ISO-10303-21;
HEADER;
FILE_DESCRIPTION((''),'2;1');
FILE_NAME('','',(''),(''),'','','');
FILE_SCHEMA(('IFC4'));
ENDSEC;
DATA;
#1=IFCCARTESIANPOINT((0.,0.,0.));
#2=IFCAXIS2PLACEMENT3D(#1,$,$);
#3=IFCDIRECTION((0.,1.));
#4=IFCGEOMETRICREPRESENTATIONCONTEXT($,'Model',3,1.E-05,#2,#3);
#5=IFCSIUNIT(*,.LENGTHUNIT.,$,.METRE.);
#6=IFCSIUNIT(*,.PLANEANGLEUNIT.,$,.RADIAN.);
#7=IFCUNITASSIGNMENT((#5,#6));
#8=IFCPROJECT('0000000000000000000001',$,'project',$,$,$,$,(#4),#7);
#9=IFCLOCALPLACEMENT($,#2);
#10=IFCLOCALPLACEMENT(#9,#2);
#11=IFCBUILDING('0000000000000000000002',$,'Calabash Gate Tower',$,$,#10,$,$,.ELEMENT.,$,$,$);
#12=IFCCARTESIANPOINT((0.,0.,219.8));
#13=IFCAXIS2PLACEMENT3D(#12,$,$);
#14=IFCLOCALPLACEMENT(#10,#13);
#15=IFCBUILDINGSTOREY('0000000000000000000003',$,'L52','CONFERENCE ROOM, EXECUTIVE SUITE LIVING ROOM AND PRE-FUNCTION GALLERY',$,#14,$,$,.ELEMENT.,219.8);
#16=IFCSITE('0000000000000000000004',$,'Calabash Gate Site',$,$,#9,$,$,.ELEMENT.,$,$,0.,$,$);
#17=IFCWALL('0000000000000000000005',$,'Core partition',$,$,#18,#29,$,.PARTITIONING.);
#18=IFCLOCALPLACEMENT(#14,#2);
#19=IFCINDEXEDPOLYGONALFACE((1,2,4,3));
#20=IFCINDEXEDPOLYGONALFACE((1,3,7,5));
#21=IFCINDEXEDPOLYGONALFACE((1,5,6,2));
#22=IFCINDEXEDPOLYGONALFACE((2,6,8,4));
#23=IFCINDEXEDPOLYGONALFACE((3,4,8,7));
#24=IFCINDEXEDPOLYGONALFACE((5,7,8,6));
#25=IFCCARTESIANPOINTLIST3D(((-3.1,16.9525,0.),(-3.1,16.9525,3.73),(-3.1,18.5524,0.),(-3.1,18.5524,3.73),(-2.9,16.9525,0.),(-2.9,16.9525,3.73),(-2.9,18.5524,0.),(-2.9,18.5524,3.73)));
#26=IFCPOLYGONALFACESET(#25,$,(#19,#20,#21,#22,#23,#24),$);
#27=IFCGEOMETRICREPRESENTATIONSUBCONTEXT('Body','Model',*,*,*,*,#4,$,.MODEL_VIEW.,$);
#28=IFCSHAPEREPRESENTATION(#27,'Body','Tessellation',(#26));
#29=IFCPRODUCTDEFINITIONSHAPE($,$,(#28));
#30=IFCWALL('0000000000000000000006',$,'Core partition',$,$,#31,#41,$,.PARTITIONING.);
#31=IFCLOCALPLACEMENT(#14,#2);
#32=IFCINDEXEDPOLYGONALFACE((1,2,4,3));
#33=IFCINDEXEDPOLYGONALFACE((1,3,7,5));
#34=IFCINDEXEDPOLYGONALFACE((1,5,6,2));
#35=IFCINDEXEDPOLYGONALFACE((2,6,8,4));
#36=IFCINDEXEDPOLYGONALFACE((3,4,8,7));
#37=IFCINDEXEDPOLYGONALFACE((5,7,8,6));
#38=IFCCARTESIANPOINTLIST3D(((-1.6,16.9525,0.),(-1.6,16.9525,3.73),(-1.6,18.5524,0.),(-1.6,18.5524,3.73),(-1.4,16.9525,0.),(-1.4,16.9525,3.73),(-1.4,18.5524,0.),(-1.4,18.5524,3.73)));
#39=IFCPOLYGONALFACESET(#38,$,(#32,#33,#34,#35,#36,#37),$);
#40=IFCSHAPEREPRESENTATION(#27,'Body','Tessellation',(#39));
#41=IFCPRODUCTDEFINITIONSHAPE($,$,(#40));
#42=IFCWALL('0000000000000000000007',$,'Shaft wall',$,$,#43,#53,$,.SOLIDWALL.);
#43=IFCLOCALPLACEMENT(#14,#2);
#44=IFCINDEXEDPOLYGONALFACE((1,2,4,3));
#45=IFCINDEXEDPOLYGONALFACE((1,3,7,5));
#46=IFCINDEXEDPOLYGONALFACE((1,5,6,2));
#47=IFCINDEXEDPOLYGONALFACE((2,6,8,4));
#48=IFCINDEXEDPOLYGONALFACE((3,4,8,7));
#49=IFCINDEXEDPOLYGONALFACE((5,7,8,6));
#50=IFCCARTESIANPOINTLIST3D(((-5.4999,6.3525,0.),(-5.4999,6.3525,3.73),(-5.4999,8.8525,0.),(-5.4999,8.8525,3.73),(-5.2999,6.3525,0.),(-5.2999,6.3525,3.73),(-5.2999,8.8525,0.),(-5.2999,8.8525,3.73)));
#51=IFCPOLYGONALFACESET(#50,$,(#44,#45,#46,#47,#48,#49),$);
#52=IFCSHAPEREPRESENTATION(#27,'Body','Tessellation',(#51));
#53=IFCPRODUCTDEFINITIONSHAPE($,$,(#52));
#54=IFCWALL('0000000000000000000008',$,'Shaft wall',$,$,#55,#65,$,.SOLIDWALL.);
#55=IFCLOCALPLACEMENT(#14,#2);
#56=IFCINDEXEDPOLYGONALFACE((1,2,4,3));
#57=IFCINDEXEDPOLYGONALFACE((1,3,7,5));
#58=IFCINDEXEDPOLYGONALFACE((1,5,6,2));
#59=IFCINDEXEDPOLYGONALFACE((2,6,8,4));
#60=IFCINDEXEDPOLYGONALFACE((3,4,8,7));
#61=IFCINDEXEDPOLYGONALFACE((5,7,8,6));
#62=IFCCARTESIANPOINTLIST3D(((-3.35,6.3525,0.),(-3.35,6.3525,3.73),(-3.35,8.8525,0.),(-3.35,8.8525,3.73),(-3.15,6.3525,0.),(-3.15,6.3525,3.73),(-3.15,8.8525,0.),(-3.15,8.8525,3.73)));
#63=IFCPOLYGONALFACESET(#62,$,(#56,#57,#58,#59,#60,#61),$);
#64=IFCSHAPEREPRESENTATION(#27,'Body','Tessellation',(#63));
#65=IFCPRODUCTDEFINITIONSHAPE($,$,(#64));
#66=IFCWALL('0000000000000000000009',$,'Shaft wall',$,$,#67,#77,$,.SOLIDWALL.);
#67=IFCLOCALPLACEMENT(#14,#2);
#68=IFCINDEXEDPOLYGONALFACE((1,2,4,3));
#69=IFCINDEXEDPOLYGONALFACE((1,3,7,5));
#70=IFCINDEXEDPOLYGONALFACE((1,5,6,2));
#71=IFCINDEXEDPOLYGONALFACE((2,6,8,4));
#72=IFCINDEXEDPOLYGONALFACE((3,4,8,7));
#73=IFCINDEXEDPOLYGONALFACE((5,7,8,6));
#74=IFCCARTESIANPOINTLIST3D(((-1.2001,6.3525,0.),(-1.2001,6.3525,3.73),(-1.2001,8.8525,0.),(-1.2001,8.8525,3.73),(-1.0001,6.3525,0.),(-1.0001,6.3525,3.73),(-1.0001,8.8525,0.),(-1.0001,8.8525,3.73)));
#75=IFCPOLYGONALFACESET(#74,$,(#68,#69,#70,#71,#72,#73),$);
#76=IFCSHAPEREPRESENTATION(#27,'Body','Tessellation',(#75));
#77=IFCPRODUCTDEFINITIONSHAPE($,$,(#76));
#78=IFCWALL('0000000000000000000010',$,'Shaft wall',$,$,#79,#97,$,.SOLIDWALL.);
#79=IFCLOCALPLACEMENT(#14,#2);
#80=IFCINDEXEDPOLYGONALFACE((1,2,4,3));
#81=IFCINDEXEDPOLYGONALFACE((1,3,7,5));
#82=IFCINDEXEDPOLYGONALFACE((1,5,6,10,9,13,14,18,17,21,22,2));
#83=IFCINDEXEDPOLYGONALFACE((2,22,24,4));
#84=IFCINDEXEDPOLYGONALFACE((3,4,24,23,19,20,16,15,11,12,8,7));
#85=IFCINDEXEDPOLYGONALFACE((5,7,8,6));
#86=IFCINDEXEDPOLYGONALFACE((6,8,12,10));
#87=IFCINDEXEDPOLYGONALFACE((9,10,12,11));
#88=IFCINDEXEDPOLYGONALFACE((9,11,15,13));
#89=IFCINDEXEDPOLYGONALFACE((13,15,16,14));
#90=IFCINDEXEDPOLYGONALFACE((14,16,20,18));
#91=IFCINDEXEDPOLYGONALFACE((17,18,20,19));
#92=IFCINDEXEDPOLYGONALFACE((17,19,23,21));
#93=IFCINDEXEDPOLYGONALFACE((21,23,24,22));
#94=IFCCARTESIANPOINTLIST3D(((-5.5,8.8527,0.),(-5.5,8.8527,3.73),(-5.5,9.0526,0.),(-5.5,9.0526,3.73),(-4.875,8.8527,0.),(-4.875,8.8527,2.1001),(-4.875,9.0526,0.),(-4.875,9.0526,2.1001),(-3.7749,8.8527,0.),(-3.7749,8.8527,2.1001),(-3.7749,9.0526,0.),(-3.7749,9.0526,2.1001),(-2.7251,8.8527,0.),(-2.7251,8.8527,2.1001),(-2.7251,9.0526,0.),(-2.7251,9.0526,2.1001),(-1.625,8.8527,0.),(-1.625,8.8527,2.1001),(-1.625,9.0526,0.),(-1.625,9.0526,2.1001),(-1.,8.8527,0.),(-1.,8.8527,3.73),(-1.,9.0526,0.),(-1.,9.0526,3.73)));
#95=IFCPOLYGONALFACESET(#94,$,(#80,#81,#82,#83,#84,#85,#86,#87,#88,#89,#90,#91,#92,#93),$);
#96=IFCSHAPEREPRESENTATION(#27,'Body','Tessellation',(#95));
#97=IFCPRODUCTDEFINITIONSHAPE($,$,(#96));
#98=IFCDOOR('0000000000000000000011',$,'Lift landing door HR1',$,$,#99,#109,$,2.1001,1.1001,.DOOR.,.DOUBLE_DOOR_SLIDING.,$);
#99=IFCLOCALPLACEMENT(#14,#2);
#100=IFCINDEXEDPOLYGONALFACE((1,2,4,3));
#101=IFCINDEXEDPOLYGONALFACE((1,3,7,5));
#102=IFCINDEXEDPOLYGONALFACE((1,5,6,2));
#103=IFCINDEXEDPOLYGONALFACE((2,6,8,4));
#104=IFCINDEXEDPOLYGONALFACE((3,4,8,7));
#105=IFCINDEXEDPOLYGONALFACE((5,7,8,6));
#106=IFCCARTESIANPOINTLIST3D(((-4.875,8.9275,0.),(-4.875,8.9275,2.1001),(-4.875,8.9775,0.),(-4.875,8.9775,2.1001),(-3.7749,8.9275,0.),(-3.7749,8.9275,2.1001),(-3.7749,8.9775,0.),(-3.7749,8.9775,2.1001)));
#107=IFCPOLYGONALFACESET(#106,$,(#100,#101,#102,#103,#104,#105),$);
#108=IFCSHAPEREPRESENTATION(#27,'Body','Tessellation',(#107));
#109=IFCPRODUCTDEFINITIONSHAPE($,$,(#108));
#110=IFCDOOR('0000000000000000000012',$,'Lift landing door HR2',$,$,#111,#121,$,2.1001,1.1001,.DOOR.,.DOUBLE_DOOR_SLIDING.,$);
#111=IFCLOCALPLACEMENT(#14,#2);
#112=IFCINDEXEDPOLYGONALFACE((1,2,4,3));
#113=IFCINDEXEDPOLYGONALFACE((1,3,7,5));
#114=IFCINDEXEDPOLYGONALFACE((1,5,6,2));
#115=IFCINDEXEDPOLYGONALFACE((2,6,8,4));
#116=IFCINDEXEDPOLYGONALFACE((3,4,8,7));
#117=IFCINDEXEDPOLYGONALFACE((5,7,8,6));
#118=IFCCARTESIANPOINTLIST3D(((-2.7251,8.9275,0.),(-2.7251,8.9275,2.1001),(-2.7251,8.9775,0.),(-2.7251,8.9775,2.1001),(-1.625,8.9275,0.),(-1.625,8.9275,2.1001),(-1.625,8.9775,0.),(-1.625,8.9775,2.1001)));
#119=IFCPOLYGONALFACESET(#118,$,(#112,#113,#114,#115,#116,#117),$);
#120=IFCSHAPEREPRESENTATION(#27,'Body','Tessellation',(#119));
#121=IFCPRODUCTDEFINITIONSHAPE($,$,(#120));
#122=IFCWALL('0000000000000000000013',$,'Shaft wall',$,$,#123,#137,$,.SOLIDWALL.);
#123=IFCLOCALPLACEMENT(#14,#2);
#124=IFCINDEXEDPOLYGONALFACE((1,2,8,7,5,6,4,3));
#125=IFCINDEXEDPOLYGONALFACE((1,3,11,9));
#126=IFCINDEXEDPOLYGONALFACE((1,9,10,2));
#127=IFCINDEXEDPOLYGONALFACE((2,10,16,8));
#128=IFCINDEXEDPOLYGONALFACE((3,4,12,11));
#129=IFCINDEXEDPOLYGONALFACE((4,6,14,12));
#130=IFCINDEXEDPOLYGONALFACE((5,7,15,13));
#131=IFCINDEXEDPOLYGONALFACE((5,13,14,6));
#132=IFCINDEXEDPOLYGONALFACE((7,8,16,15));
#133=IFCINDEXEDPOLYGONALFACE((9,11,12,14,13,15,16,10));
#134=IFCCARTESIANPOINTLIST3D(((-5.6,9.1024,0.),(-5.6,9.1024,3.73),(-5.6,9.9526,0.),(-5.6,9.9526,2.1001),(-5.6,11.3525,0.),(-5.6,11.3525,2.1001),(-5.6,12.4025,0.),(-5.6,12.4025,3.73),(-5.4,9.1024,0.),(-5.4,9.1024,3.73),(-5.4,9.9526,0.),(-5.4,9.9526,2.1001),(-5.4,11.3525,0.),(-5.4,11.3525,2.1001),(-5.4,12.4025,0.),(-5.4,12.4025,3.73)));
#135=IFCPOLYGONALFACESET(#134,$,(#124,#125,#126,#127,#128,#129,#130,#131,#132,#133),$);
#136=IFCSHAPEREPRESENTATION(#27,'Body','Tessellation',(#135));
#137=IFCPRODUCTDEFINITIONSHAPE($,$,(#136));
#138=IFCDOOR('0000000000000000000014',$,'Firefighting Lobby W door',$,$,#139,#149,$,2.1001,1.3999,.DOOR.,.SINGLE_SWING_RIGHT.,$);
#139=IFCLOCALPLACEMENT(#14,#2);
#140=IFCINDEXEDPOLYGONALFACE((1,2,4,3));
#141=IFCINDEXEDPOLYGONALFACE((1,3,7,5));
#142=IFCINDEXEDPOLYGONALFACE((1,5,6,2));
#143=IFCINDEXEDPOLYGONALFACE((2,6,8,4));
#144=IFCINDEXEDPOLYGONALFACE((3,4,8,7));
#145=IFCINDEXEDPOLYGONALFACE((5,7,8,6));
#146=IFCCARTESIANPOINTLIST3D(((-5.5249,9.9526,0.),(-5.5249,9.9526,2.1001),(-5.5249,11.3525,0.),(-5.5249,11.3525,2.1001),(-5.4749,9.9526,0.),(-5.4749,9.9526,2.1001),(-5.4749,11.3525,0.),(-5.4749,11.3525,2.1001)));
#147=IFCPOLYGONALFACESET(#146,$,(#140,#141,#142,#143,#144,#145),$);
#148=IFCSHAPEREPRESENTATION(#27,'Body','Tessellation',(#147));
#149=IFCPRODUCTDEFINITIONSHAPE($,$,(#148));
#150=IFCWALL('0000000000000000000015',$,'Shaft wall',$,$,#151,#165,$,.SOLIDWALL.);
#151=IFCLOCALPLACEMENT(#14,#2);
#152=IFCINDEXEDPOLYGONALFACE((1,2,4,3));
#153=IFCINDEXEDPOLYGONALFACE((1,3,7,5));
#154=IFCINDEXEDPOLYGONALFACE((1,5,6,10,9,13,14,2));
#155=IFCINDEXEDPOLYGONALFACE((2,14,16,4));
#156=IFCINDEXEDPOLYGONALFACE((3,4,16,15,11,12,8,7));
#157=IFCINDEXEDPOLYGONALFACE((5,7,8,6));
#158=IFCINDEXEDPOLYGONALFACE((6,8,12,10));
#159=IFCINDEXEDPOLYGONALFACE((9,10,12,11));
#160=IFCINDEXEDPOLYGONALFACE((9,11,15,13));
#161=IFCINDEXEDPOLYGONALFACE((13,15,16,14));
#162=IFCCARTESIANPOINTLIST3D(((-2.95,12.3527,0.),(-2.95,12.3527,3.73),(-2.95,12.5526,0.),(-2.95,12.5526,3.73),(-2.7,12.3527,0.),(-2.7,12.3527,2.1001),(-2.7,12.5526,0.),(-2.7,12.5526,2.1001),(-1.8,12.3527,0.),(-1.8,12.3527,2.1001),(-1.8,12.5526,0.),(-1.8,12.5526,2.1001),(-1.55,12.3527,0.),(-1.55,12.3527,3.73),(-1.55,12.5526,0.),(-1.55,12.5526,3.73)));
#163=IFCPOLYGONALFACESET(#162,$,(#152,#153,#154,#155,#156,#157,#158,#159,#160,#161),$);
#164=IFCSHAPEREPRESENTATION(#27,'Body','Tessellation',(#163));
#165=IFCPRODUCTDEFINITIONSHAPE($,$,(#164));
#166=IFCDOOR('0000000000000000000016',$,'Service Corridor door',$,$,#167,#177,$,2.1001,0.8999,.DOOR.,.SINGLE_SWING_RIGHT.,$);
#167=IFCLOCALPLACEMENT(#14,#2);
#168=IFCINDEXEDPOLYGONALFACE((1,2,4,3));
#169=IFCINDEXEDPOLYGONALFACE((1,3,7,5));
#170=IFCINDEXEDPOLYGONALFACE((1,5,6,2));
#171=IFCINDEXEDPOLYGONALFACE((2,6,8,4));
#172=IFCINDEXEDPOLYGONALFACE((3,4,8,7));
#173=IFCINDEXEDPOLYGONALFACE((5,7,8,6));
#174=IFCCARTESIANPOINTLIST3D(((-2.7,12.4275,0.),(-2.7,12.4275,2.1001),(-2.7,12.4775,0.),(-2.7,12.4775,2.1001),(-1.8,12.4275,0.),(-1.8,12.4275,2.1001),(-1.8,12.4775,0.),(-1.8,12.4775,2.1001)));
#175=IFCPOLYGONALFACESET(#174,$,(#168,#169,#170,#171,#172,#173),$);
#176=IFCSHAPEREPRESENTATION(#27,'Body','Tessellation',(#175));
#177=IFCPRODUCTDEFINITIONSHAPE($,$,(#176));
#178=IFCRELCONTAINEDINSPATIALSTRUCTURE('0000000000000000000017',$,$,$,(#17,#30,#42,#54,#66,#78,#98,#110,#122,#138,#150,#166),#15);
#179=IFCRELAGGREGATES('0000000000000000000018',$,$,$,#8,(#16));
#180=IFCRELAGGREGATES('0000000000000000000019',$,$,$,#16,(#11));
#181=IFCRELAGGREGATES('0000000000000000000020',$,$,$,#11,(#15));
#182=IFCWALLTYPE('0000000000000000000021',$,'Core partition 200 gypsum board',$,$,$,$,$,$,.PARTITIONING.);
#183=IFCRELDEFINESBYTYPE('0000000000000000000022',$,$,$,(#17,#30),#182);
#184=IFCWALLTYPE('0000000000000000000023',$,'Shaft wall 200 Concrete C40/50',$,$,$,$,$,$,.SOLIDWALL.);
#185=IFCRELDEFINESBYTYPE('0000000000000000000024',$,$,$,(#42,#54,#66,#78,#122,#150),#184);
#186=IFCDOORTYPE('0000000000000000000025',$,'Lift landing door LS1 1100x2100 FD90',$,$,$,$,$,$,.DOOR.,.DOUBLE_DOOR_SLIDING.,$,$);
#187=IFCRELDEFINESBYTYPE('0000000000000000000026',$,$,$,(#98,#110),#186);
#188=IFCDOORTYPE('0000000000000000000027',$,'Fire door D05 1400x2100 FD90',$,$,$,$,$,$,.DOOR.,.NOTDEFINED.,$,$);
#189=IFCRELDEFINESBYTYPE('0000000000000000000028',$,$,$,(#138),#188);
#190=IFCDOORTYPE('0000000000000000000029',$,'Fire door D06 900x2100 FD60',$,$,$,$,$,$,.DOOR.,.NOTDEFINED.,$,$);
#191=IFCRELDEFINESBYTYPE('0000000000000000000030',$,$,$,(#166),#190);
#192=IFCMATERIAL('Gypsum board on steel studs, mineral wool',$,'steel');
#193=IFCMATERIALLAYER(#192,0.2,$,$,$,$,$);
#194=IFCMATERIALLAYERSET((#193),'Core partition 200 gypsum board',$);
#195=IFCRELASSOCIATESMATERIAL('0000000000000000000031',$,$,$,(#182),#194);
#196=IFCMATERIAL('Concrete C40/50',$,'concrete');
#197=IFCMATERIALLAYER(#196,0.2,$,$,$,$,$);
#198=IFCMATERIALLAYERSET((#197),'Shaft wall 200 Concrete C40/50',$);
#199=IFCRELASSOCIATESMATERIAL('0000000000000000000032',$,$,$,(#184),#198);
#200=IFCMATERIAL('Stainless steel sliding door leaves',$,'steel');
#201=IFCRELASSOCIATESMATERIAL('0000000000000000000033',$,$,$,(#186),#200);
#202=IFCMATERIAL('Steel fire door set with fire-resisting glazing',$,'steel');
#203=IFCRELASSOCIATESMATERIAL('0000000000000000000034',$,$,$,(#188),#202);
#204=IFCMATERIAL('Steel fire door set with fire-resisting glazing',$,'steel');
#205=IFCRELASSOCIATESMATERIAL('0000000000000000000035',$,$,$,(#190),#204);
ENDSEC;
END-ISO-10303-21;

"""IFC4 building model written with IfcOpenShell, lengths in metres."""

from ifc_helpers import new_model, si_unit, direction, frame, frame_2d, origin, place, context, subcontext, project, spatial, rectangle, extrude, material, layer, layer_set, type_object, element, fill, save


model = new_model("IFC4")

# Units and contexts
model_context = context("Model", 3, precision=1e-05, world=origin(), true_north=direction((0.0, 1.0)))
body_context = subcontext(model_context, "Body", "Model", "MODEL_VIEW")
ifc_project = project(units=[si_unit("LENGTHUNIT", "METRE"), si_unit("PLANEANGLEUNIT", "RADIAN")], contexts=[model_context])

# Site, building, storey
site_placement = place(None, origin())
site = spatial("IfcSite", under=ifc_project, at=site_placement, Name="Calabash Gate Site", CompositionType="ELEMENT", RefElevation=0.0)
building_placement = place(site_placement, origin())
building = spatial("IfcBuilding", under=site, at=building_placement, Name="Calabash Gate Tower", CompositionType="ELEMENT")
storey_placement = place(building_placement, frame((0.0, 0.0, 219.8)))
storey = spatial("IfcBuildingStorey", under=building, at=storey_placement, Name="L52", Description="CONFERENCE ROOM, EXECUTIVE SUITE LIVING ROOM AND PRE-FUNCTION GALLERY", CompositionType="ELEMENT", Elevation=219.8)

# Walls
ifc_material_1 = material(Name="Gypsum board on steel studs, mineral wool", Category="steel")
ifc_layer_1 = layer(ifc_material_1, 0.2)
ifc_layer_set_1 = layer_set([ifc_layer_1], Name="Core partition 200 gypsum board")
wall_type_1 = type_object("IfcWallType", Name="Core partition 200 gypsum board", PredefinedType="PARTITIONING", material=ifc_layer_set_1)
for number, where, z_axis, x_axis, name in (
    (1, (-3.0, 16.9526, 0.0), (0.0, 0.0, 1.0), (0.0, 1.0, 0.0), "Core partition"),
    (2, (-1.5, 16.9526, 0.0), (0.0, 0.0, 1.0), (0.0, 1.0, 0.0), "Core partition"),
):
    element("IfcWall", number, at=place(storey_placement, frame(where, z_axis=z_axis, x_axis=x_axis)), inside=storey, type_object=wall_type_1, Name=name, PredefinedType="PARTITIONING", context=body_context, shape_type="SweptSolid", body=[
        extrude(rectangle(XDim=1.5999, YDim=0.2, at=frame_2d((0.7998, 0.0))), origin(), (0.0, 0.0, 1.0), 3.73),
    ])
ifc_material_2 = material(Name="Concrete C40/50", Category="concrete")
ifc_layer_2 = layer(ifc_material_2, 0.2)
ifc_layer_set_2 = layer_set([ifc_layer_2], Name="Shaft wall 200 Concrete C40/50")
wall_type_2 = type_object("IfcWallType", Name="Shaft wall 200 Concrete C40/50", PredefinedType="SOLIDWALL", material=ifc_layer_set_2)
for number, where, z_axis, x_axis, name in (
    (3, (-5.3999, 6.3525, 0.0), (0.0, 0.0, 1.0), (0.0, 1.0, 0.0), "Shaft wall"),
    (4, (-3.25, 6.3525, 0.0), (0.0, 0.0, 1.0), (0.0, 1.0, 0.0), "Shaft wall"),
    (5, (-1.1001, 6.3525, 0.0), (0.0, 0.0, 1.0), (0.0, 1.0, 0.0), "Shaft wall"),
):
    element("IfcWall", number, at=place(storey_placement, frame(where, z_axis=z_axis, x_axis=x_axis)), inside=storey, type_object=wall_type_2, Name=name, PredefinedType="SOLIDWALL", context=body_context, shape_type="SweptSolid", body=[
        extrude(rectangle(XDim=2.5, YDim=0.2, at=frame_2d((1.25, 0.0))), origin(), (0.0, 0.0, 1.0), 3.73),
    ])

# Wall, openings, doors
wall_1_placement = place(storey_placement, frame((-5.5, 8.9526, 0.0), z_axis=(0.0, 0.0, 1.0), x_axis=(1.0, 0.0, 0.0)))
wall_1 = element("IfcWall", 6, at=wall_1_placement, inside=storey, type_object=wall_type_2, Name="Shaft wall", PredefinedType="SOLIDWALL", context=body_context, shape_type="SweptSolid", body=[
    extrude(rectangle(XDim=4.5, YDim=0.2, at=frame_2d((2.25, 0.0))), origin(), (0.0, 0.0, 1.0), 3.73),
])
opening_1_placement = place(wall_1_placement, frame((0.625, 0.0, 0.0)))
opening_1 = element("IfcOpeningElement", 7, at=opening_1_placement, cuts=wall_1, PredefinedType="OPENING", context=body_context, shape_type="SweptSolid", body=[
    extrude(rectangle(XDim=1.1001, YDim=2.1001, at=frame_2d((0.55, 1.05))), frame((0.0, 0.1099, 0.0), z_axis=(0.0, -1.0, 0.0), x_axis=(1.0, 0.0, 0.0)), (0.0, 0.0, 1.0), 0.22),
])
opening_2_placement = place(wall_1_placement, frame((2.7749, 0.0, 0.0)))
opening_2 = element("IfcOpeningElement", 8, at=opening_2_placement, cuts=wall_1, PredefinedType="OPENING", context=body_context, shape_type="SweptSolid", body=[
    extrude(rectangle(XDim=1.1001, YDim=2.1001, at=frame_2d((0.55, 1.05))), frame((0.0, 0.1099, 0.0), z_axis=(0.0, -1.0, 0.0), x_axis=(1.0, 0.0, 0.0)), (0.0, 0.0, 1.0), 0.22),
])
ifc_material_3 = material(Name="Stainless steel sliding door leaves", Category="steel")
door_type_1 = type_object("IfcDoorType", Name="Lift landing door LS1 1100x2100 FD90", OperationType="DOUBLE_DOOR_SLIDING", PredefinedType="DOOR", material=ifc_material_3)
door_1_placement = place(opening_1_placement, origin())
door_1 = element("IfcDoor", 9, at=door_1_placement, inside=storey, type_object=door_type_1, Name="Lift landing door HR1", OperationType="DOUBLE_DOOR_SLIDING", OverallHeight=2.1001, OverallWidth=1.1001, PredefinedType="DOOR", context=body_context, shape_type="SweptSolid", body=[
    extrude(rectangle(XDim=1.1001, YDim=2.1001, at=frame_2d((0.55, 1.05))), frame((0.0, 0.0249, 0.0), z_axis=(0.0, -1.0, 0.0), x_axis=(1.0, 0.0, 0.0)), (0.0, 0.0, 1.0), 0.05),
])
fill(opening_1, door_1)
door_2_placement = place(opening_2_placement, origin())
door_2 = element("IfcDoor", 10, at=door_2_placement, inside=storey, type_object=door_type_1, Name="Lift landing door HR2", OperationType="DOUBLE_DOOR_SLIDING", OverallHeight=2.1001, OverallWidth=1.1001, PredefinedType="DOOR", context=body_context, shape_type="SweptSolid", body=[
    extrude(rectangle(XDim=1.1001, YDim=2.1001, at=frame_2d((0.55, 1.05))), frame((0.0, 0.0249, 0.0), z_axis=(0.0, -1.0, 0.0), x_axis=(1.0, 0.0, 0.0)), (0.0, 0.0, 1.0), 0.05),
])
fill(opening_2, door_2)

# Walls, openings, doors
wall_2_placement = place(storey_placement, frame((-5.5, 9.1025, 0.0), z_axis=(0.0, 0.0, 1.0), x_axis=(0.0, 1.0, 0.0)))
wall_2 = element("IfcWall", 11, at=wall_2_placement, inside=storey, type_object=wall_type_2, Name="Shaft wall", PredefinedType="SOLIDWALL", context=body_context, shape_type="SweptSolid", body=[
    extrude(rectangle(XDim=3.3, YDim=0.2, at=frame_2d((1.6499, 0.0))), origin(), (0.0, 0.0, 1.0), 3.73),
])
opening_3_placement = place(wall_2_placement, frame((0.8501, 0.0, 0.0)))
opening_3 = element("IfcOpeningElement", 12, at=opening_3_placement, cuts=wall_2, PredefinedType="OPENING", context=body_context, shape_type="SweptSolid", body=[
    extrude(rectangle(XDim=1.3999, YDim=2.1001, at=frame_2d((0.7, 1.05))), frame((0.0, 0.1099, 0.0), z_axis=(0.0, -1.0, 0.0), x_axis=(1.0, 0.0, 0.0)), (0.0, 0.0, 1.0), 0.22),
])
ifc_material_4 = material(Name="Steel fire door set with fire-resisting glazing", Category="steel")
door_type_2 = type_object("IfcDoorType", Name="Fire door D05 1400x2100 FD90", OperationType="NOTDEFINED", PredefinedType="DOOR", material=ifc_material_4)
door_3_placement = place(opening_3_placement, origin())
door_3 = element("IfcDoor", 13, at=door_3_placement, inside=storey, type_object=door_type_2, Name="Firefighting Lobby W door", OperationType="SINGLE_SWING_RIGHT", OverallHeight=2.1001, OverallWidth=1.3999, PredefinedType="DOOR", context=body_context, shape_type="SweptSolid", body=[
    extrude(rectangle(XDim=1.3999, YDim=2.1001, at=frame_2d((0.7, 1.05))), frame((0.0, 0.0249, 0.0), z_axis=(0.0, -1.0, 0.0), x_axis=(1.0, 0.0, 0.0)), (0.0, 0.0, 1.0), 0.05),
])
fill(opening_3, door_3)
wall_3_placement = place(storey_placement, frame((-2.95, 12.4526, 0.0), z_axis=(0.0, 0.0, 1.0), x_axis=(1.0, 0.0, 0.0)))
wall_3 = element("IfcWall", 14, at=wall_3_placement, inside=storey, type_object=wall_type_2, Name="Shaft wall", PredefinedType="SOLIDWALL", context=body_context, shape_type="SweptSolid", body=[
    extrude(rectangle(XDim=1.3999, YDim=0.2, at=frame_2d((0.7, 0.0))), origin(), (0.0, 0.0, 1.0), 3.73),
])
opening_4_placement = place(wall_3_placement, frame((0.25, 0.0, 0.0)))
opening_4 = element("IfcOpeningElement", 15, at=opening_4_placement, cuts=wall_3, PredefinedType="OPENING", context=body_context, shape_type="SweptSolid", body=[
    extrude(rectangle(XDim=0.8999, YDim=2.1001, at=frame_2d((0.45, 1.05))), frame((0.0, 0.1099, 0.0), z_axis=(0.0, -1.0, 0.0), x_axis=(1.0, 0.0, 0.0)), (0.0, 0.0, 1.0), 0.22),
])
ifc_material_5 = material(Name="Steel fire door set with fire-resisting glazing", Category="steel")
door_type_3 = type_object("IfcDoorType", Name="Fire door D06 900x2100 FD60", OperationType="NOTDEFINED", PredefinedType="DOOR", material=ifc_material_5)
door_4_placement = place(opening_4_placement, origin())
door_4 = element("IfcDoor", 16, at=door_4_placement, inside=storey, type_object=door_type_3, Name="Service Corridor door", OperationType="SINGLE_SWING_RIGHT", OverallHeight=2.1001, OverallWidth=0.8999, PredefinedType="DOOR", context=body_context, shape_type="SweptSolid", body=[
    extrude(rectangle(XDim=0.8999, YDim=2.1001, at=frame_2d((0.45, 1.05))), frame((0.0, 0.0249, 0.0), z_axis=(0.0, -1.0, 0.0), x_axis=(1.0, 0.0, 0.0)), (0.0, 0.0, 1.0), 0.05),
])
fill(opening_4, door_4)

save(model, "model.ifc")
